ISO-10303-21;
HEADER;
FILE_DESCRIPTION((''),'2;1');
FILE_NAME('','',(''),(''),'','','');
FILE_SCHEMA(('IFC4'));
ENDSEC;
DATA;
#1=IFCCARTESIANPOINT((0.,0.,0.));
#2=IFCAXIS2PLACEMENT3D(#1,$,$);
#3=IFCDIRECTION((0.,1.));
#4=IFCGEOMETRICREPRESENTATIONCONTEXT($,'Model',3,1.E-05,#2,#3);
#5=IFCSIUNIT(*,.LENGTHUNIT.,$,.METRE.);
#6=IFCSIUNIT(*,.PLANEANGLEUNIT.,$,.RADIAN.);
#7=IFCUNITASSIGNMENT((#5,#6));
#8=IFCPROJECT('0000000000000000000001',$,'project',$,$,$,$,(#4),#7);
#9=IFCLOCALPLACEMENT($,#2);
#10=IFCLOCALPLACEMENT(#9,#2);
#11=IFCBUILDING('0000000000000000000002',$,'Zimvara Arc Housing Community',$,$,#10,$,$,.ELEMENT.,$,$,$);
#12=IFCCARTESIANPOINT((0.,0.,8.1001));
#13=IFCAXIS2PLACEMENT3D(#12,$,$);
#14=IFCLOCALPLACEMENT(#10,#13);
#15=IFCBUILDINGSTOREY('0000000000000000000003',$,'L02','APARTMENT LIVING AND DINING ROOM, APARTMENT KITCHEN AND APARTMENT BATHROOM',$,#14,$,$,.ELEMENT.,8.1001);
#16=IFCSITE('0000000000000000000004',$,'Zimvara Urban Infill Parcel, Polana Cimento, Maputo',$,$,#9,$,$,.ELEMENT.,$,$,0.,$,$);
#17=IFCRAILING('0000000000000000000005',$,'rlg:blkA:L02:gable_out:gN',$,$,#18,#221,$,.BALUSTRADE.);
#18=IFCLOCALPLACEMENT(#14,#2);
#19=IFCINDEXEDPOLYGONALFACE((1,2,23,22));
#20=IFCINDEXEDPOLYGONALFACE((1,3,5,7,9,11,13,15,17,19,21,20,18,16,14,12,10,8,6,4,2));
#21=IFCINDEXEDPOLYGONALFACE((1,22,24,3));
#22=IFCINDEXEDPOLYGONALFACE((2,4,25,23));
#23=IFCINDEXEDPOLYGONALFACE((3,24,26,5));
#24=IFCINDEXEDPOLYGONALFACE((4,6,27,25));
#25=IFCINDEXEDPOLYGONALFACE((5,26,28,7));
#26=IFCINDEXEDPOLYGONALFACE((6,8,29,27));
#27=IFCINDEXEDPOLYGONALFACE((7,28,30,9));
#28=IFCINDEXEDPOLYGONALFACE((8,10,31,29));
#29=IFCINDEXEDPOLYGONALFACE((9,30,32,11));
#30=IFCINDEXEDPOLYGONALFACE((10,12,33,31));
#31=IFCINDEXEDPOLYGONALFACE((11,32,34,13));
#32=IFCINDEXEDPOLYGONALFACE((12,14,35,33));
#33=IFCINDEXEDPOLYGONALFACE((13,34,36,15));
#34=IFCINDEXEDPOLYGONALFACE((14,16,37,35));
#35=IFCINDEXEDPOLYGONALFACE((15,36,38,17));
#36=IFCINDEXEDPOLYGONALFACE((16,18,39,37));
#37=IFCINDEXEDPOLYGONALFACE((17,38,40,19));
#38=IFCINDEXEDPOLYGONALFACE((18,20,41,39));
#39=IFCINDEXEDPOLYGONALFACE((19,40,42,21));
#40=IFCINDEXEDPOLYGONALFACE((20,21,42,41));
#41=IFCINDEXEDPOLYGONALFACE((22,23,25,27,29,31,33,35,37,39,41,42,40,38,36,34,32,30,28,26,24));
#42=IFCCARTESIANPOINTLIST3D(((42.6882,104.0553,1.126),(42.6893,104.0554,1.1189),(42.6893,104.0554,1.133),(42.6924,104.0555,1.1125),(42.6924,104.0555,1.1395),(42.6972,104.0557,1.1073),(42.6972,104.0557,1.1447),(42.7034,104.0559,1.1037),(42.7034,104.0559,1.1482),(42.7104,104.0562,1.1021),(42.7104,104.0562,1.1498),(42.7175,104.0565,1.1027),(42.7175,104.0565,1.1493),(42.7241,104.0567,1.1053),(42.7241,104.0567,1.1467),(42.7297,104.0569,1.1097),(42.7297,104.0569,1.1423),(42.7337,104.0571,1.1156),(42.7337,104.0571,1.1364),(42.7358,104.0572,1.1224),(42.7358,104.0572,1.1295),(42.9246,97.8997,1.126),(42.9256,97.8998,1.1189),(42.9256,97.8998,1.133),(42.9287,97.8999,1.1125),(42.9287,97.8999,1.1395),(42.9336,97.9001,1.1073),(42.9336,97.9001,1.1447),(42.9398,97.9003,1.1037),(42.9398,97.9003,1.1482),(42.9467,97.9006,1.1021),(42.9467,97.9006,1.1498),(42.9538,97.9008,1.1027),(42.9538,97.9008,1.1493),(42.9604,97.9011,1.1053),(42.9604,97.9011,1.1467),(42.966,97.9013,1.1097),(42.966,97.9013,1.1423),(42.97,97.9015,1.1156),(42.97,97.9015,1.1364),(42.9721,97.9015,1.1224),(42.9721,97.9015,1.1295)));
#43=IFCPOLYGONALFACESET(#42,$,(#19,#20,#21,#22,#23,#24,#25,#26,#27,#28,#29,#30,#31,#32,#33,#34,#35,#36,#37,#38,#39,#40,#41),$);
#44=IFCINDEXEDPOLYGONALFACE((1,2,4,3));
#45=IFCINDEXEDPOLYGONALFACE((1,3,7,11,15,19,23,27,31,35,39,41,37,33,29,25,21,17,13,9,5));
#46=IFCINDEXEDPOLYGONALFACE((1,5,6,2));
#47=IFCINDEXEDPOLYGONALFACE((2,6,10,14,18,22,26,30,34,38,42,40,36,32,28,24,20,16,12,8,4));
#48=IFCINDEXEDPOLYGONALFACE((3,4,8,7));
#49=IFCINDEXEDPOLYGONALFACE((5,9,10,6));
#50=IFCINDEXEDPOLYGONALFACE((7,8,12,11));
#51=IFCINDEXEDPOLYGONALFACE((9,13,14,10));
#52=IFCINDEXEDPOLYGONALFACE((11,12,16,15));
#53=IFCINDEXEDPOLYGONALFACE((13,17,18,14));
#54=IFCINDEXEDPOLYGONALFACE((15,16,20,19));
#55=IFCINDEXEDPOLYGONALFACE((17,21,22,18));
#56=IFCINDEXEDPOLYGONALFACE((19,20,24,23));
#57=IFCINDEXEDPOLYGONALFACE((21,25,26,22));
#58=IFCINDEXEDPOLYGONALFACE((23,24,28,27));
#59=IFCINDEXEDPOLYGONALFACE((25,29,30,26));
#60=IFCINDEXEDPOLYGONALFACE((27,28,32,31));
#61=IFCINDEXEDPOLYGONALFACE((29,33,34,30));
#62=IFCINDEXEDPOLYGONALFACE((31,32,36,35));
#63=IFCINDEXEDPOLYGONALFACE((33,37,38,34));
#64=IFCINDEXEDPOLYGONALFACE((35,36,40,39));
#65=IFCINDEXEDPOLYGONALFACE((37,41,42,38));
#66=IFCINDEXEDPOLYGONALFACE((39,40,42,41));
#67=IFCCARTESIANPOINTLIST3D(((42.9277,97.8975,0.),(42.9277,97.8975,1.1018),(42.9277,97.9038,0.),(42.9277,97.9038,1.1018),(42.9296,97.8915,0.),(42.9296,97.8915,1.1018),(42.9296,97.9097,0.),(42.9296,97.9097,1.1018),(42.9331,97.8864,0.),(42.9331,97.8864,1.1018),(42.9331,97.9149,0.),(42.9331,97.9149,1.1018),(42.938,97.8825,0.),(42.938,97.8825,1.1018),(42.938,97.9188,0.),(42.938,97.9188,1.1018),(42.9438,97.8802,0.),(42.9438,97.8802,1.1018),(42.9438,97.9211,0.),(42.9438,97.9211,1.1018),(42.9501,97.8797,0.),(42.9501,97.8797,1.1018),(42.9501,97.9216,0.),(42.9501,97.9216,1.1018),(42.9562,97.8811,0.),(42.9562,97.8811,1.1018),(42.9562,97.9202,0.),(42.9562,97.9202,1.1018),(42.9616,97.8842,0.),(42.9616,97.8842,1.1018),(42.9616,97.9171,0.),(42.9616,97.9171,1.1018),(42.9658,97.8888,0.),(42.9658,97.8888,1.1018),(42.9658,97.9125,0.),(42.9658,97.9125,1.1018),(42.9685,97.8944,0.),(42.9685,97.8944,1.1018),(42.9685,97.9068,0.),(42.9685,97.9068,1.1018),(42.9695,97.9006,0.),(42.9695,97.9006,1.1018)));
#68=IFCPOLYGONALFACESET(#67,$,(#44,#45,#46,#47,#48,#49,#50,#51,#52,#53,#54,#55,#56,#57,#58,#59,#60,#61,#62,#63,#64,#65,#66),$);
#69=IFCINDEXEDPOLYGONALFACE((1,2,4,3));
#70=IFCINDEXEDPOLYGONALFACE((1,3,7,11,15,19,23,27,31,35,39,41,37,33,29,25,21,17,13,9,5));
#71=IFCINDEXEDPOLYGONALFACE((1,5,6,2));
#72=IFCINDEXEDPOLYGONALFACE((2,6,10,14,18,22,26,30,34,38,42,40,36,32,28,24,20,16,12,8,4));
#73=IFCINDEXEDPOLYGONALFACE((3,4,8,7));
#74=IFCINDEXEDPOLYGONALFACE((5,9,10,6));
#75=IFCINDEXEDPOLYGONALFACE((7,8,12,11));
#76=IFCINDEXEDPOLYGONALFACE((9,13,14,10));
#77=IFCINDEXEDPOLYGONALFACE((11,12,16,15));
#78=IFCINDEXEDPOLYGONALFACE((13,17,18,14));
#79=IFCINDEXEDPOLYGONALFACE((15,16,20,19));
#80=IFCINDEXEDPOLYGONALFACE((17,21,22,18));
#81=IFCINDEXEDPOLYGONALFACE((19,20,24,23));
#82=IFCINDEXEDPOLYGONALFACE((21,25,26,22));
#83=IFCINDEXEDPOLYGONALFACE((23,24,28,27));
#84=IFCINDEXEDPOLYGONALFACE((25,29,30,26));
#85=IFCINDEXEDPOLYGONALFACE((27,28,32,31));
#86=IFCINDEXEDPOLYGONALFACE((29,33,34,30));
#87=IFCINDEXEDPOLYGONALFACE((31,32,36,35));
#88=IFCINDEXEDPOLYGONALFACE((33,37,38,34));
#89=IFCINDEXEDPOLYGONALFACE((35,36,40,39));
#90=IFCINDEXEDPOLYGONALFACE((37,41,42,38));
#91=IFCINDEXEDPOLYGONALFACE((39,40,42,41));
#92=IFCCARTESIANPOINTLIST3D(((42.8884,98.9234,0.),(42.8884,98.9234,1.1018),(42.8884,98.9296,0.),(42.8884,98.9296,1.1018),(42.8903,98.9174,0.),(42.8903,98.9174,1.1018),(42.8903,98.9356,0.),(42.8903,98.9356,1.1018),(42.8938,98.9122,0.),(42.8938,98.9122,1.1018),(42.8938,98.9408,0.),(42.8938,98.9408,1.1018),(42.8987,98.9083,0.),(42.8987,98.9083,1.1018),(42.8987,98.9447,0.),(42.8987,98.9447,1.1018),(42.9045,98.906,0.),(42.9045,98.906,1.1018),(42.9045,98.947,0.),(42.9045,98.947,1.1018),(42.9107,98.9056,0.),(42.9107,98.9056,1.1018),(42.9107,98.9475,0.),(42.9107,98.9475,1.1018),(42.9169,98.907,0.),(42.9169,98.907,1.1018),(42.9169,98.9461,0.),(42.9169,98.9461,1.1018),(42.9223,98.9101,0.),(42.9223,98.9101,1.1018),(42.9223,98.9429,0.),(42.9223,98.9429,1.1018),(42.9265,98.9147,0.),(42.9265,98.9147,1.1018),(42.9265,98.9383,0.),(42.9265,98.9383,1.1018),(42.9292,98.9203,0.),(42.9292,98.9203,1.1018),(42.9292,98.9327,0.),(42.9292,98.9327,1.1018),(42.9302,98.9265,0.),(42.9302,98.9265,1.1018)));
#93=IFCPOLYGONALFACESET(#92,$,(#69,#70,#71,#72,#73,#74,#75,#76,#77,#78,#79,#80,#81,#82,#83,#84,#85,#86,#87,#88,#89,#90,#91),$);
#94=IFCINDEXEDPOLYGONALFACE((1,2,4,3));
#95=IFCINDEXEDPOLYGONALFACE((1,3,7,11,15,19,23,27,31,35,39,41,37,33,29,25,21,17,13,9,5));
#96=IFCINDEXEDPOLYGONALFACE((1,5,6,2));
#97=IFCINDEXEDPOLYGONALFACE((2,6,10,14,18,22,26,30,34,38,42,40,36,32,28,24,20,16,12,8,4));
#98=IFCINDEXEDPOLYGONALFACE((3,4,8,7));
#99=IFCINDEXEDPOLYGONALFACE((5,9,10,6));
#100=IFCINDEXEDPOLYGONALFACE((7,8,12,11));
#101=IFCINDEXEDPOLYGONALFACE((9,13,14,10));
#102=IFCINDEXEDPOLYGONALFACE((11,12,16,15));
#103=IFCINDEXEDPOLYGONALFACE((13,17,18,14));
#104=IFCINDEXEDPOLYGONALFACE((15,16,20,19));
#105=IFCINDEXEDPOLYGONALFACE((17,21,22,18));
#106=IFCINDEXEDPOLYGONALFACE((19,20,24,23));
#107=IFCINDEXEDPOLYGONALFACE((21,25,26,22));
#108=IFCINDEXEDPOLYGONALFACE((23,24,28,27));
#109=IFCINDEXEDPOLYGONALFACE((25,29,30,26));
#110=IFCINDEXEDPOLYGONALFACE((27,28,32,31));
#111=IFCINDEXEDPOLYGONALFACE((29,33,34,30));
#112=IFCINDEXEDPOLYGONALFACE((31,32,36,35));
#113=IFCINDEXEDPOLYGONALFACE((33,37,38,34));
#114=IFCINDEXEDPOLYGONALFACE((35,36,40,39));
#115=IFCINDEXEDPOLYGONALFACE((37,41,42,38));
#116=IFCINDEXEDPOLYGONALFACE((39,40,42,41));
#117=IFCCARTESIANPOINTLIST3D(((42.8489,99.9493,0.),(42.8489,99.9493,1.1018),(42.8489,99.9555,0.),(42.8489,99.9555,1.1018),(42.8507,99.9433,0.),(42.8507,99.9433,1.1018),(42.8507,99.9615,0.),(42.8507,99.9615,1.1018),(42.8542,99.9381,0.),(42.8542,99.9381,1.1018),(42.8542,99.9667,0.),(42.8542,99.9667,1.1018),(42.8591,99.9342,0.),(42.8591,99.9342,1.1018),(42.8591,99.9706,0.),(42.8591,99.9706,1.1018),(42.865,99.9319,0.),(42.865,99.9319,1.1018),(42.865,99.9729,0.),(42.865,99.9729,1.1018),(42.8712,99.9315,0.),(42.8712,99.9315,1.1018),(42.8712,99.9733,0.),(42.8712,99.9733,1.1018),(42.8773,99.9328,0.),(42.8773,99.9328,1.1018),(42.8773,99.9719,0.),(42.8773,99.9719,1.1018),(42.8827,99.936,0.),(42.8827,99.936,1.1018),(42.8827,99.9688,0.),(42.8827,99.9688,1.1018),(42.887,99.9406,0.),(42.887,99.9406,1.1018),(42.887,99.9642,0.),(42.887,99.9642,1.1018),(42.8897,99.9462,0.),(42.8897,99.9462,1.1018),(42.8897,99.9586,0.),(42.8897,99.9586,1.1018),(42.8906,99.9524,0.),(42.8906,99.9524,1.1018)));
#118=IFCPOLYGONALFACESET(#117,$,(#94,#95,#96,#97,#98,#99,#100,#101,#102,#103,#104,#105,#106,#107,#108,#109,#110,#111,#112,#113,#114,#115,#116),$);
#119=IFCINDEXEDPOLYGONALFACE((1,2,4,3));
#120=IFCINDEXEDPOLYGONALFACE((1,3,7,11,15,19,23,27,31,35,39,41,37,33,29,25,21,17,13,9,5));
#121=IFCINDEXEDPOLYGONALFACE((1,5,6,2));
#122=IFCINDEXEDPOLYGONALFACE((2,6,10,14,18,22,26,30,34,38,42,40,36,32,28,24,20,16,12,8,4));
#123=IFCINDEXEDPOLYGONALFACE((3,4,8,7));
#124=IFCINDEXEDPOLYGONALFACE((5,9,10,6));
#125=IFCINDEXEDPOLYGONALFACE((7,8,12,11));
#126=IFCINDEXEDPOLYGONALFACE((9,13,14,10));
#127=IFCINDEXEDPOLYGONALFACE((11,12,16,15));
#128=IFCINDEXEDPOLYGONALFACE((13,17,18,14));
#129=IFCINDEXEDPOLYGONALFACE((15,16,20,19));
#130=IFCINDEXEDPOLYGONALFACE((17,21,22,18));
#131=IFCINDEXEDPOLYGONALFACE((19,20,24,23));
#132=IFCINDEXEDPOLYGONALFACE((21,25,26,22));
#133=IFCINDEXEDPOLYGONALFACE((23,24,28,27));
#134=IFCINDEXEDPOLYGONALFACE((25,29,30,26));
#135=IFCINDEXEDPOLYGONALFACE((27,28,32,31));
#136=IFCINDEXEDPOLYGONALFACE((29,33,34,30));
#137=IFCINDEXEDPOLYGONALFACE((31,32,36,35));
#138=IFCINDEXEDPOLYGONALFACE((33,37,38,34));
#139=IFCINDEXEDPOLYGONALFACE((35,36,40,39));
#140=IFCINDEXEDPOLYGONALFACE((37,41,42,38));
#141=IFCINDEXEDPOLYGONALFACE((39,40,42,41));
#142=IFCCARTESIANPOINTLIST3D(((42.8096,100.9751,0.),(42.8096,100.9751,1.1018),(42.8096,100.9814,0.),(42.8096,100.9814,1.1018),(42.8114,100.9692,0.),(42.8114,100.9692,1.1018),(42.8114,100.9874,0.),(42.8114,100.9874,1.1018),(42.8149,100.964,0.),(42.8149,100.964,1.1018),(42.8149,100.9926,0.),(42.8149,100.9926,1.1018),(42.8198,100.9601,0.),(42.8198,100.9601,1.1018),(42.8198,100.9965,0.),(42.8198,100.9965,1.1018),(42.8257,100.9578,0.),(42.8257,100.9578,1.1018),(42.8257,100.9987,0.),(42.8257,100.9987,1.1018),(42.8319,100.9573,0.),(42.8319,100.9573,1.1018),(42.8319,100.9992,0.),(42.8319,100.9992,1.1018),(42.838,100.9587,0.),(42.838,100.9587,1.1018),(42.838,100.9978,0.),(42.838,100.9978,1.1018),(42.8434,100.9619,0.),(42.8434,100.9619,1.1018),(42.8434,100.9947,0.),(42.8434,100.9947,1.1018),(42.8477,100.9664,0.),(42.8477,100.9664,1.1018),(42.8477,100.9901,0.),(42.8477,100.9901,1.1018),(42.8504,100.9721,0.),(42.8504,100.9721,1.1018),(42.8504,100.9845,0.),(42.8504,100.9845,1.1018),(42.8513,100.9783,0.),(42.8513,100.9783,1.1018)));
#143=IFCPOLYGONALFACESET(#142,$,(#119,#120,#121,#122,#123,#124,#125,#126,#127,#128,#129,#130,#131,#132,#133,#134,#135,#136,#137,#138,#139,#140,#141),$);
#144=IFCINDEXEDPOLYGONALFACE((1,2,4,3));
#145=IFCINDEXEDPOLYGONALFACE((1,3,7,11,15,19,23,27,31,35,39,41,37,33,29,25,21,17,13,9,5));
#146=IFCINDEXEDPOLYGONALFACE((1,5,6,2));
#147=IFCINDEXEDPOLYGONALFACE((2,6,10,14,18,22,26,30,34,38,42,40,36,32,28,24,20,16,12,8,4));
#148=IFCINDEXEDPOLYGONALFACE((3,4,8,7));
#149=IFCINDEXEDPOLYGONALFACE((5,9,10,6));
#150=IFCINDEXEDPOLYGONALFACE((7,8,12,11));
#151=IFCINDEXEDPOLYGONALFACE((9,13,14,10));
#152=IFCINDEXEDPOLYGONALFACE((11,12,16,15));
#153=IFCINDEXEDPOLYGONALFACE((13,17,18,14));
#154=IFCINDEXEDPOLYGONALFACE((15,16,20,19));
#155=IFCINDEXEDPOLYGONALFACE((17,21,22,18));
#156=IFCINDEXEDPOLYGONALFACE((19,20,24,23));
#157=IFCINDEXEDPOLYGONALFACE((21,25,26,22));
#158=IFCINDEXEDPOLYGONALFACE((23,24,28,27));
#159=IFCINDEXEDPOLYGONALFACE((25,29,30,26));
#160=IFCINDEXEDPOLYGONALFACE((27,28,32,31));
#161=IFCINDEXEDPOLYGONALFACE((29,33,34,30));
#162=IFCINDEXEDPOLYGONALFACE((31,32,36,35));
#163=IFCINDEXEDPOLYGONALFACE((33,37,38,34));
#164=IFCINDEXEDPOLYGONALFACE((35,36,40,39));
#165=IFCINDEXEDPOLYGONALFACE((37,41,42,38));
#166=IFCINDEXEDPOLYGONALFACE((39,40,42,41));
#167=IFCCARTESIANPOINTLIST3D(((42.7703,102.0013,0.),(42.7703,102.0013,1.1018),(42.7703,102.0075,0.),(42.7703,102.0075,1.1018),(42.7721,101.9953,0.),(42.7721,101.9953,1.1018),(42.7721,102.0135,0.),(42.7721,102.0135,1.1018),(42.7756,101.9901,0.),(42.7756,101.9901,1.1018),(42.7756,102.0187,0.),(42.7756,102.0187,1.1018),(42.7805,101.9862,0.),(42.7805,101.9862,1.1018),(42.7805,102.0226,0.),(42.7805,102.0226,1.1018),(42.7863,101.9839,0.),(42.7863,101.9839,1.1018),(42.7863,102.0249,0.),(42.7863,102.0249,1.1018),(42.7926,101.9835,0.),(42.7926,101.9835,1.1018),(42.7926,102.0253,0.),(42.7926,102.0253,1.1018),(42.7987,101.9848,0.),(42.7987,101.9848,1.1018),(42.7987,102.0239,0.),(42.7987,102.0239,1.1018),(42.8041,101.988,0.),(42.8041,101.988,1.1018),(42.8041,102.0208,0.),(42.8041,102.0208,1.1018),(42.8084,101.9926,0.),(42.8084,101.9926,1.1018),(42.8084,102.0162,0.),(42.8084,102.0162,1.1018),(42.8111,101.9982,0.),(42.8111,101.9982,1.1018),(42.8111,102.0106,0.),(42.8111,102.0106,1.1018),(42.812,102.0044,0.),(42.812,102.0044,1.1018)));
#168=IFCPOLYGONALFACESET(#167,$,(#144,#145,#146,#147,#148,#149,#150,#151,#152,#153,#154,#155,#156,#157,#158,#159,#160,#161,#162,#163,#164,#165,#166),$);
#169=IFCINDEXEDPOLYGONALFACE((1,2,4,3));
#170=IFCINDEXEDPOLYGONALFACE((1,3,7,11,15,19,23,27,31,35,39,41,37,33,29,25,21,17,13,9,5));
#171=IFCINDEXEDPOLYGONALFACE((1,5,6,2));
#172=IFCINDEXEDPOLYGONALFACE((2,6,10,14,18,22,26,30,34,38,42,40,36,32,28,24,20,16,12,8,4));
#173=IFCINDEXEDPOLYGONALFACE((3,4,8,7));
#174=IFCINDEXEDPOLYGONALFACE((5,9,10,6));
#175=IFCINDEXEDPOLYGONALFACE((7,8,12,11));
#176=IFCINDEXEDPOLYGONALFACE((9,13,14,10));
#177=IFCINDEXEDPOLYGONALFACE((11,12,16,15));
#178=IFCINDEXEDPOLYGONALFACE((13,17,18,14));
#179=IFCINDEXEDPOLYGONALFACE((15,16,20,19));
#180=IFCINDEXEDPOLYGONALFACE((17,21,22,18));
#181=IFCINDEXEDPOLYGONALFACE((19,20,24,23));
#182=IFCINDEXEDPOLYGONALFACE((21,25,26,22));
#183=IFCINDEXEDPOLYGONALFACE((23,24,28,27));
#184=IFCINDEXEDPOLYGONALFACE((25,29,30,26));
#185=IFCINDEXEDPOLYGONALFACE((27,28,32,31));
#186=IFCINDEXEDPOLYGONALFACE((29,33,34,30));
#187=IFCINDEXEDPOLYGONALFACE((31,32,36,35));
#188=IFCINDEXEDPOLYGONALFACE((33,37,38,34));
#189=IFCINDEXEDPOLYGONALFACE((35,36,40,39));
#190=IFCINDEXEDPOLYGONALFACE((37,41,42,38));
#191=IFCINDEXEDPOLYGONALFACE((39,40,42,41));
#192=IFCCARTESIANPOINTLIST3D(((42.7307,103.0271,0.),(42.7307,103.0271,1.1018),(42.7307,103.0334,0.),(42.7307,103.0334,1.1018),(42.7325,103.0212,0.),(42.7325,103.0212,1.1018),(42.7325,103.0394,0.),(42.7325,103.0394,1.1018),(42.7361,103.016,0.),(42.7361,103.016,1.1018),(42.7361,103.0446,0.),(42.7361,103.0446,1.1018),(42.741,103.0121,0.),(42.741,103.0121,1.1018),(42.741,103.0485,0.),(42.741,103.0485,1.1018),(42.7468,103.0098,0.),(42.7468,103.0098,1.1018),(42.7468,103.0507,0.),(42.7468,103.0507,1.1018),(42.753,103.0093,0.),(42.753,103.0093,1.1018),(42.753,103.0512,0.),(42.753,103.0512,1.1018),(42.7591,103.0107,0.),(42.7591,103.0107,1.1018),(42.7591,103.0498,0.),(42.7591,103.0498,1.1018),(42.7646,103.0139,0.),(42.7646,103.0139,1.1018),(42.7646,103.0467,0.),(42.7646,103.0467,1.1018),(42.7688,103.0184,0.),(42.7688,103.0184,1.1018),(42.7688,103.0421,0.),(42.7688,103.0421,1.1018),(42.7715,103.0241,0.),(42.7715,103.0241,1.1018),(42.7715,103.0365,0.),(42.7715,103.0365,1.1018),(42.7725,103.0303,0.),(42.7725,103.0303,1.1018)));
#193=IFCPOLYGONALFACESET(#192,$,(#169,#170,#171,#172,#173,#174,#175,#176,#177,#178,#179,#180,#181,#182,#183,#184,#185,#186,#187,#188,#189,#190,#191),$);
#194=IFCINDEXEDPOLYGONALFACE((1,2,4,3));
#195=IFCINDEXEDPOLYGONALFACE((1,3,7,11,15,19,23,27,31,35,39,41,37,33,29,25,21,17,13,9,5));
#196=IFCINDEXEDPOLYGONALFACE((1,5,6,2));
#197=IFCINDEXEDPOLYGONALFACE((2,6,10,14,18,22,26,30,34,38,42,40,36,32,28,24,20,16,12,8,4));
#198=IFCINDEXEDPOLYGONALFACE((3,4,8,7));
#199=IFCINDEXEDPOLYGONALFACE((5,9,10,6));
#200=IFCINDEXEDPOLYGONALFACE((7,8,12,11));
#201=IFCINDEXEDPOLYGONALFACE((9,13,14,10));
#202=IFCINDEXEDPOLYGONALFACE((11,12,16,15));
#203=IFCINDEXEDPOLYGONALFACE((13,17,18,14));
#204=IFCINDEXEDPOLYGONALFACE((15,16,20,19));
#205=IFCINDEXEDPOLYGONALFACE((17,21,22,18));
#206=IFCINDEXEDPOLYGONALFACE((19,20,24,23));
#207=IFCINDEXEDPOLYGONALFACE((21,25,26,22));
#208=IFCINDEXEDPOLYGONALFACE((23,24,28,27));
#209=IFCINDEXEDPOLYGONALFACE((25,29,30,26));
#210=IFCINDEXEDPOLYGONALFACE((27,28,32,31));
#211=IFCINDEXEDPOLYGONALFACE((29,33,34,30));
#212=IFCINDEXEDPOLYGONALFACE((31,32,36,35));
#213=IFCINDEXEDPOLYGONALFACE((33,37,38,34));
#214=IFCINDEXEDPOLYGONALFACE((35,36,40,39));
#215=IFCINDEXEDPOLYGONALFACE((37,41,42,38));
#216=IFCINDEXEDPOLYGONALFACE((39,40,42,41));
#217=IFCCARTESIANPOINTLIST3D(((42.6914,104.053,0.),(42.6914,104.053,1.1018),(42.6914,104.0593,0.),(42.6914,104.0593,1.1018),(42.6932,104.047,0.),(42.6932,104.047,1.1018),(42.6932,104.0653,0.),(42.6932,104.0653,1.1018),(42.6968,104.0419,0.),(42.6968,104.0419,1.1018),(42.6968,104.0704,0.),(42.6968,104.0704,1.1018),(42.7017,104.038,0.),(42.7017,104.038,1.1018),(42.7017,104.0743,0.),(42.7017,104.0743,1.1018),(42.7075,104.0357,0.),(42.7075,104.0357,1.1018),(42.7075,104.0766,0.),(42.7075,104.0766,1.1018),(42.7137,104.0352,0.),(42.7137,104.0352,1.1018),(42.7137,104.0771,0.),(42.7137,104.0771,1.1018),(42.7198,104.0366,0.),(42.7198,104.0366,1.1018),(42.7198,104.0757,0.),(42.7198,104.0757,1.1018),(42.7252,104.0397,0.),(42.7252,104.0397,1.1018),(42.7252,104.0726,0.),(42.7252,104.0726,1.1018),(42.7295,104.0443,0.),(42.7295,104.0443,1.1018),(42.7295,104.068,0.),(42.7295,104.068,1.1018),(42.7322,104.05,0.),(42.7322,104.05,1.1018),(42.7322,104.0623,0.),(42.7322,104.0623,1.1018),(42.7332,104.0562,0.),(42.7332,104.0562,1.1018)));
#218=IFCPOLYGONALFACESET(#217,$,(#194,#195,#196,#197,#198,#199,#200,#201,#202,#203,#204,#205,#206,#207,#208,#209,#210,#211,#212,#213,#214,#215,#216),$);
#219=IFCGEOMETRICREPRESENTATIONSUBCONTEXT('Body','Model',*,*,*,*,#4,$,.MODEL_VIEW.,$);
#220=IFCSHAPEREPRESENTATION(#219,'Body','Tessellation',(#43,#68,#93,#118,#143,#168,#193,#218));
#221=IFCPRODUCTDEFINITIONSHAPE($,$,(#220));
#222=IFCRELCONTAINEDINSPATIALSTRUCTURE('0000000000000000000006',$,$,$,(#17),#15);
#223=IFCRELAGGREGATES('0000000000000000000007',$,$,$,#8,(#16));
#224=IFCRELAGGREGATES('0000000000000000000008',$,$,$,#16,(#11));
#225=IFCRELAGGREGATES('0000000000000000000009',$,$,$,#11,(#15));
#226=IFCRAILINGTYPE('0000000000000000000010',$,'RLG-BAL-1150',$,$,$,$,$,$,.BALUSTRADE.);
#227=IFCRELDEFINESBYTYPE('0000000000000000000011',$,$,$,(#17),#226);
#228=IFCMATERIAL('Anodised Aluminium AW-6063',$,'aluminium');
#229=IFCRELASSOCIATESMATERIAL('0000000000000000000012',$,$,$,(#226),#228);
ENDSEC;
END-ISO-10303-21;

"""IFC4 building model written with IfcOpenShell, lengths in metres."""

from ifc_helpers import new_model, si_unit, direction, frame, origin, origin_2d, place, context, subcontext, project, spatial, circle, extrude, material, type_object, element, save


model = new_model("IFC4")

# Units and contexts
model_context = context("Model", 3, precision=1e-05, world=origin(), true_north=direction((0.0, 1.0)))
body_context = subcontext(model_context, "Body", "Model", "MODEL_VIEW")
ifc_project = project(units=[si_unit("LENGTHUNIT", "METRE"), si_unit("PLANEANGLEUNIT", "RADIAN")], contexts=[model_context])

# Site, building, storey
site_placement = place(None, origin())
site = spatial("IfcSite", under=ifc_project, at=site_placement, Name="Zimvara Urban Infill Parcel, Polana Cimento, Maputo", CompositionType="ELEMENT", RefElevation=0.0)
building_placement = place(site_placement, origin())
building = spatial("IfcBuilding", under=site, at=building_placement, Name="Zimvara Arc Housing Community", CompositionType="ELEMENT")
storey_placement = place(building_placement, frame((0.0, 0.0, 8.1001)))
storey = spatial("IfcBuildingStorey", under=building, at=storey_placement, Name="L02", Description="APARTMENT LIVING AND DINING ROOM, APARTMENT KITCHEN AND APARTMENT BATHROOM", CompositionType="ELEMENT", Elevation=8.1001)

# Railing
ifc_material_1 = material(Name="Anodised Aluminium AW-6063", Category="aluminium")
railing_type_1 = type_object("IfcRailingType", Name="RLG-BAL-1150", PredefinedType="BALUSTRADE", material=ifc_material_1)
railing_1_placement = place(storey_placement, frame((42.9485, 97.9006, 0.0)))
element("IfcRailing", 1, at=railing_1_placement, inside=storey, type_object=railing_type_1, Name="rlg:blkA:L02:gable_out:gN", PredefinedType="BALUSTRADE", context=body_context, shape_type="SweptSolid", body=[
    extrude(circle(Radius=0.0239, at=origin_2d()), frame((0.0, 0.0, 1.126), z_axis=(-0.038365, 0.999264, 0.0), x_axis=(-0.999264, -0.038365, 0.0)), (0.0, 0.0, 1.0), 6.1602),
    extrude(circle(Radius=0.021, at=origin_2d()), origin(), (0.0, 0.0, 1.0), 1.1018),
    extrude(circle(Radius=0.021, at=origin_2d()), frame((-0.0393, 1.0259, 0.0)), (0.0, 0.0, 1.0), 1.1018),
    extrude(circle(Radius=0.021, at=origin_2d()), frame((-0.0789, 2.0518, 0.0)), (0.0, 0.0, 1.0), 1.1018),
    extrude(circle(Radius=0.021, at=origin_2d()), frame((-0.1182, 3.0776, 0.0)), (0.0, 0.0, 1.0), 1.1018),
    extrude(circle(Radius=0.021, at=origin_2d()), frame((-0.1575, 4.1038, 0.0)), (0.0, 0.0, 1.0), 1.1018),
    extrude(circle(Radius=0.021, at=origin_2d()), frame((-0.197, 5.1296, 0.0)), (0.0, 0.0, 1.0), 1.1018),
    extrude(circle(Radius=0.021, at=origin_2d()), frame((-0.2363, 6.1555, 0.0)), (0.0, 0.0, 1.0), 1.1018),
])

save(model, "model.ifc")
